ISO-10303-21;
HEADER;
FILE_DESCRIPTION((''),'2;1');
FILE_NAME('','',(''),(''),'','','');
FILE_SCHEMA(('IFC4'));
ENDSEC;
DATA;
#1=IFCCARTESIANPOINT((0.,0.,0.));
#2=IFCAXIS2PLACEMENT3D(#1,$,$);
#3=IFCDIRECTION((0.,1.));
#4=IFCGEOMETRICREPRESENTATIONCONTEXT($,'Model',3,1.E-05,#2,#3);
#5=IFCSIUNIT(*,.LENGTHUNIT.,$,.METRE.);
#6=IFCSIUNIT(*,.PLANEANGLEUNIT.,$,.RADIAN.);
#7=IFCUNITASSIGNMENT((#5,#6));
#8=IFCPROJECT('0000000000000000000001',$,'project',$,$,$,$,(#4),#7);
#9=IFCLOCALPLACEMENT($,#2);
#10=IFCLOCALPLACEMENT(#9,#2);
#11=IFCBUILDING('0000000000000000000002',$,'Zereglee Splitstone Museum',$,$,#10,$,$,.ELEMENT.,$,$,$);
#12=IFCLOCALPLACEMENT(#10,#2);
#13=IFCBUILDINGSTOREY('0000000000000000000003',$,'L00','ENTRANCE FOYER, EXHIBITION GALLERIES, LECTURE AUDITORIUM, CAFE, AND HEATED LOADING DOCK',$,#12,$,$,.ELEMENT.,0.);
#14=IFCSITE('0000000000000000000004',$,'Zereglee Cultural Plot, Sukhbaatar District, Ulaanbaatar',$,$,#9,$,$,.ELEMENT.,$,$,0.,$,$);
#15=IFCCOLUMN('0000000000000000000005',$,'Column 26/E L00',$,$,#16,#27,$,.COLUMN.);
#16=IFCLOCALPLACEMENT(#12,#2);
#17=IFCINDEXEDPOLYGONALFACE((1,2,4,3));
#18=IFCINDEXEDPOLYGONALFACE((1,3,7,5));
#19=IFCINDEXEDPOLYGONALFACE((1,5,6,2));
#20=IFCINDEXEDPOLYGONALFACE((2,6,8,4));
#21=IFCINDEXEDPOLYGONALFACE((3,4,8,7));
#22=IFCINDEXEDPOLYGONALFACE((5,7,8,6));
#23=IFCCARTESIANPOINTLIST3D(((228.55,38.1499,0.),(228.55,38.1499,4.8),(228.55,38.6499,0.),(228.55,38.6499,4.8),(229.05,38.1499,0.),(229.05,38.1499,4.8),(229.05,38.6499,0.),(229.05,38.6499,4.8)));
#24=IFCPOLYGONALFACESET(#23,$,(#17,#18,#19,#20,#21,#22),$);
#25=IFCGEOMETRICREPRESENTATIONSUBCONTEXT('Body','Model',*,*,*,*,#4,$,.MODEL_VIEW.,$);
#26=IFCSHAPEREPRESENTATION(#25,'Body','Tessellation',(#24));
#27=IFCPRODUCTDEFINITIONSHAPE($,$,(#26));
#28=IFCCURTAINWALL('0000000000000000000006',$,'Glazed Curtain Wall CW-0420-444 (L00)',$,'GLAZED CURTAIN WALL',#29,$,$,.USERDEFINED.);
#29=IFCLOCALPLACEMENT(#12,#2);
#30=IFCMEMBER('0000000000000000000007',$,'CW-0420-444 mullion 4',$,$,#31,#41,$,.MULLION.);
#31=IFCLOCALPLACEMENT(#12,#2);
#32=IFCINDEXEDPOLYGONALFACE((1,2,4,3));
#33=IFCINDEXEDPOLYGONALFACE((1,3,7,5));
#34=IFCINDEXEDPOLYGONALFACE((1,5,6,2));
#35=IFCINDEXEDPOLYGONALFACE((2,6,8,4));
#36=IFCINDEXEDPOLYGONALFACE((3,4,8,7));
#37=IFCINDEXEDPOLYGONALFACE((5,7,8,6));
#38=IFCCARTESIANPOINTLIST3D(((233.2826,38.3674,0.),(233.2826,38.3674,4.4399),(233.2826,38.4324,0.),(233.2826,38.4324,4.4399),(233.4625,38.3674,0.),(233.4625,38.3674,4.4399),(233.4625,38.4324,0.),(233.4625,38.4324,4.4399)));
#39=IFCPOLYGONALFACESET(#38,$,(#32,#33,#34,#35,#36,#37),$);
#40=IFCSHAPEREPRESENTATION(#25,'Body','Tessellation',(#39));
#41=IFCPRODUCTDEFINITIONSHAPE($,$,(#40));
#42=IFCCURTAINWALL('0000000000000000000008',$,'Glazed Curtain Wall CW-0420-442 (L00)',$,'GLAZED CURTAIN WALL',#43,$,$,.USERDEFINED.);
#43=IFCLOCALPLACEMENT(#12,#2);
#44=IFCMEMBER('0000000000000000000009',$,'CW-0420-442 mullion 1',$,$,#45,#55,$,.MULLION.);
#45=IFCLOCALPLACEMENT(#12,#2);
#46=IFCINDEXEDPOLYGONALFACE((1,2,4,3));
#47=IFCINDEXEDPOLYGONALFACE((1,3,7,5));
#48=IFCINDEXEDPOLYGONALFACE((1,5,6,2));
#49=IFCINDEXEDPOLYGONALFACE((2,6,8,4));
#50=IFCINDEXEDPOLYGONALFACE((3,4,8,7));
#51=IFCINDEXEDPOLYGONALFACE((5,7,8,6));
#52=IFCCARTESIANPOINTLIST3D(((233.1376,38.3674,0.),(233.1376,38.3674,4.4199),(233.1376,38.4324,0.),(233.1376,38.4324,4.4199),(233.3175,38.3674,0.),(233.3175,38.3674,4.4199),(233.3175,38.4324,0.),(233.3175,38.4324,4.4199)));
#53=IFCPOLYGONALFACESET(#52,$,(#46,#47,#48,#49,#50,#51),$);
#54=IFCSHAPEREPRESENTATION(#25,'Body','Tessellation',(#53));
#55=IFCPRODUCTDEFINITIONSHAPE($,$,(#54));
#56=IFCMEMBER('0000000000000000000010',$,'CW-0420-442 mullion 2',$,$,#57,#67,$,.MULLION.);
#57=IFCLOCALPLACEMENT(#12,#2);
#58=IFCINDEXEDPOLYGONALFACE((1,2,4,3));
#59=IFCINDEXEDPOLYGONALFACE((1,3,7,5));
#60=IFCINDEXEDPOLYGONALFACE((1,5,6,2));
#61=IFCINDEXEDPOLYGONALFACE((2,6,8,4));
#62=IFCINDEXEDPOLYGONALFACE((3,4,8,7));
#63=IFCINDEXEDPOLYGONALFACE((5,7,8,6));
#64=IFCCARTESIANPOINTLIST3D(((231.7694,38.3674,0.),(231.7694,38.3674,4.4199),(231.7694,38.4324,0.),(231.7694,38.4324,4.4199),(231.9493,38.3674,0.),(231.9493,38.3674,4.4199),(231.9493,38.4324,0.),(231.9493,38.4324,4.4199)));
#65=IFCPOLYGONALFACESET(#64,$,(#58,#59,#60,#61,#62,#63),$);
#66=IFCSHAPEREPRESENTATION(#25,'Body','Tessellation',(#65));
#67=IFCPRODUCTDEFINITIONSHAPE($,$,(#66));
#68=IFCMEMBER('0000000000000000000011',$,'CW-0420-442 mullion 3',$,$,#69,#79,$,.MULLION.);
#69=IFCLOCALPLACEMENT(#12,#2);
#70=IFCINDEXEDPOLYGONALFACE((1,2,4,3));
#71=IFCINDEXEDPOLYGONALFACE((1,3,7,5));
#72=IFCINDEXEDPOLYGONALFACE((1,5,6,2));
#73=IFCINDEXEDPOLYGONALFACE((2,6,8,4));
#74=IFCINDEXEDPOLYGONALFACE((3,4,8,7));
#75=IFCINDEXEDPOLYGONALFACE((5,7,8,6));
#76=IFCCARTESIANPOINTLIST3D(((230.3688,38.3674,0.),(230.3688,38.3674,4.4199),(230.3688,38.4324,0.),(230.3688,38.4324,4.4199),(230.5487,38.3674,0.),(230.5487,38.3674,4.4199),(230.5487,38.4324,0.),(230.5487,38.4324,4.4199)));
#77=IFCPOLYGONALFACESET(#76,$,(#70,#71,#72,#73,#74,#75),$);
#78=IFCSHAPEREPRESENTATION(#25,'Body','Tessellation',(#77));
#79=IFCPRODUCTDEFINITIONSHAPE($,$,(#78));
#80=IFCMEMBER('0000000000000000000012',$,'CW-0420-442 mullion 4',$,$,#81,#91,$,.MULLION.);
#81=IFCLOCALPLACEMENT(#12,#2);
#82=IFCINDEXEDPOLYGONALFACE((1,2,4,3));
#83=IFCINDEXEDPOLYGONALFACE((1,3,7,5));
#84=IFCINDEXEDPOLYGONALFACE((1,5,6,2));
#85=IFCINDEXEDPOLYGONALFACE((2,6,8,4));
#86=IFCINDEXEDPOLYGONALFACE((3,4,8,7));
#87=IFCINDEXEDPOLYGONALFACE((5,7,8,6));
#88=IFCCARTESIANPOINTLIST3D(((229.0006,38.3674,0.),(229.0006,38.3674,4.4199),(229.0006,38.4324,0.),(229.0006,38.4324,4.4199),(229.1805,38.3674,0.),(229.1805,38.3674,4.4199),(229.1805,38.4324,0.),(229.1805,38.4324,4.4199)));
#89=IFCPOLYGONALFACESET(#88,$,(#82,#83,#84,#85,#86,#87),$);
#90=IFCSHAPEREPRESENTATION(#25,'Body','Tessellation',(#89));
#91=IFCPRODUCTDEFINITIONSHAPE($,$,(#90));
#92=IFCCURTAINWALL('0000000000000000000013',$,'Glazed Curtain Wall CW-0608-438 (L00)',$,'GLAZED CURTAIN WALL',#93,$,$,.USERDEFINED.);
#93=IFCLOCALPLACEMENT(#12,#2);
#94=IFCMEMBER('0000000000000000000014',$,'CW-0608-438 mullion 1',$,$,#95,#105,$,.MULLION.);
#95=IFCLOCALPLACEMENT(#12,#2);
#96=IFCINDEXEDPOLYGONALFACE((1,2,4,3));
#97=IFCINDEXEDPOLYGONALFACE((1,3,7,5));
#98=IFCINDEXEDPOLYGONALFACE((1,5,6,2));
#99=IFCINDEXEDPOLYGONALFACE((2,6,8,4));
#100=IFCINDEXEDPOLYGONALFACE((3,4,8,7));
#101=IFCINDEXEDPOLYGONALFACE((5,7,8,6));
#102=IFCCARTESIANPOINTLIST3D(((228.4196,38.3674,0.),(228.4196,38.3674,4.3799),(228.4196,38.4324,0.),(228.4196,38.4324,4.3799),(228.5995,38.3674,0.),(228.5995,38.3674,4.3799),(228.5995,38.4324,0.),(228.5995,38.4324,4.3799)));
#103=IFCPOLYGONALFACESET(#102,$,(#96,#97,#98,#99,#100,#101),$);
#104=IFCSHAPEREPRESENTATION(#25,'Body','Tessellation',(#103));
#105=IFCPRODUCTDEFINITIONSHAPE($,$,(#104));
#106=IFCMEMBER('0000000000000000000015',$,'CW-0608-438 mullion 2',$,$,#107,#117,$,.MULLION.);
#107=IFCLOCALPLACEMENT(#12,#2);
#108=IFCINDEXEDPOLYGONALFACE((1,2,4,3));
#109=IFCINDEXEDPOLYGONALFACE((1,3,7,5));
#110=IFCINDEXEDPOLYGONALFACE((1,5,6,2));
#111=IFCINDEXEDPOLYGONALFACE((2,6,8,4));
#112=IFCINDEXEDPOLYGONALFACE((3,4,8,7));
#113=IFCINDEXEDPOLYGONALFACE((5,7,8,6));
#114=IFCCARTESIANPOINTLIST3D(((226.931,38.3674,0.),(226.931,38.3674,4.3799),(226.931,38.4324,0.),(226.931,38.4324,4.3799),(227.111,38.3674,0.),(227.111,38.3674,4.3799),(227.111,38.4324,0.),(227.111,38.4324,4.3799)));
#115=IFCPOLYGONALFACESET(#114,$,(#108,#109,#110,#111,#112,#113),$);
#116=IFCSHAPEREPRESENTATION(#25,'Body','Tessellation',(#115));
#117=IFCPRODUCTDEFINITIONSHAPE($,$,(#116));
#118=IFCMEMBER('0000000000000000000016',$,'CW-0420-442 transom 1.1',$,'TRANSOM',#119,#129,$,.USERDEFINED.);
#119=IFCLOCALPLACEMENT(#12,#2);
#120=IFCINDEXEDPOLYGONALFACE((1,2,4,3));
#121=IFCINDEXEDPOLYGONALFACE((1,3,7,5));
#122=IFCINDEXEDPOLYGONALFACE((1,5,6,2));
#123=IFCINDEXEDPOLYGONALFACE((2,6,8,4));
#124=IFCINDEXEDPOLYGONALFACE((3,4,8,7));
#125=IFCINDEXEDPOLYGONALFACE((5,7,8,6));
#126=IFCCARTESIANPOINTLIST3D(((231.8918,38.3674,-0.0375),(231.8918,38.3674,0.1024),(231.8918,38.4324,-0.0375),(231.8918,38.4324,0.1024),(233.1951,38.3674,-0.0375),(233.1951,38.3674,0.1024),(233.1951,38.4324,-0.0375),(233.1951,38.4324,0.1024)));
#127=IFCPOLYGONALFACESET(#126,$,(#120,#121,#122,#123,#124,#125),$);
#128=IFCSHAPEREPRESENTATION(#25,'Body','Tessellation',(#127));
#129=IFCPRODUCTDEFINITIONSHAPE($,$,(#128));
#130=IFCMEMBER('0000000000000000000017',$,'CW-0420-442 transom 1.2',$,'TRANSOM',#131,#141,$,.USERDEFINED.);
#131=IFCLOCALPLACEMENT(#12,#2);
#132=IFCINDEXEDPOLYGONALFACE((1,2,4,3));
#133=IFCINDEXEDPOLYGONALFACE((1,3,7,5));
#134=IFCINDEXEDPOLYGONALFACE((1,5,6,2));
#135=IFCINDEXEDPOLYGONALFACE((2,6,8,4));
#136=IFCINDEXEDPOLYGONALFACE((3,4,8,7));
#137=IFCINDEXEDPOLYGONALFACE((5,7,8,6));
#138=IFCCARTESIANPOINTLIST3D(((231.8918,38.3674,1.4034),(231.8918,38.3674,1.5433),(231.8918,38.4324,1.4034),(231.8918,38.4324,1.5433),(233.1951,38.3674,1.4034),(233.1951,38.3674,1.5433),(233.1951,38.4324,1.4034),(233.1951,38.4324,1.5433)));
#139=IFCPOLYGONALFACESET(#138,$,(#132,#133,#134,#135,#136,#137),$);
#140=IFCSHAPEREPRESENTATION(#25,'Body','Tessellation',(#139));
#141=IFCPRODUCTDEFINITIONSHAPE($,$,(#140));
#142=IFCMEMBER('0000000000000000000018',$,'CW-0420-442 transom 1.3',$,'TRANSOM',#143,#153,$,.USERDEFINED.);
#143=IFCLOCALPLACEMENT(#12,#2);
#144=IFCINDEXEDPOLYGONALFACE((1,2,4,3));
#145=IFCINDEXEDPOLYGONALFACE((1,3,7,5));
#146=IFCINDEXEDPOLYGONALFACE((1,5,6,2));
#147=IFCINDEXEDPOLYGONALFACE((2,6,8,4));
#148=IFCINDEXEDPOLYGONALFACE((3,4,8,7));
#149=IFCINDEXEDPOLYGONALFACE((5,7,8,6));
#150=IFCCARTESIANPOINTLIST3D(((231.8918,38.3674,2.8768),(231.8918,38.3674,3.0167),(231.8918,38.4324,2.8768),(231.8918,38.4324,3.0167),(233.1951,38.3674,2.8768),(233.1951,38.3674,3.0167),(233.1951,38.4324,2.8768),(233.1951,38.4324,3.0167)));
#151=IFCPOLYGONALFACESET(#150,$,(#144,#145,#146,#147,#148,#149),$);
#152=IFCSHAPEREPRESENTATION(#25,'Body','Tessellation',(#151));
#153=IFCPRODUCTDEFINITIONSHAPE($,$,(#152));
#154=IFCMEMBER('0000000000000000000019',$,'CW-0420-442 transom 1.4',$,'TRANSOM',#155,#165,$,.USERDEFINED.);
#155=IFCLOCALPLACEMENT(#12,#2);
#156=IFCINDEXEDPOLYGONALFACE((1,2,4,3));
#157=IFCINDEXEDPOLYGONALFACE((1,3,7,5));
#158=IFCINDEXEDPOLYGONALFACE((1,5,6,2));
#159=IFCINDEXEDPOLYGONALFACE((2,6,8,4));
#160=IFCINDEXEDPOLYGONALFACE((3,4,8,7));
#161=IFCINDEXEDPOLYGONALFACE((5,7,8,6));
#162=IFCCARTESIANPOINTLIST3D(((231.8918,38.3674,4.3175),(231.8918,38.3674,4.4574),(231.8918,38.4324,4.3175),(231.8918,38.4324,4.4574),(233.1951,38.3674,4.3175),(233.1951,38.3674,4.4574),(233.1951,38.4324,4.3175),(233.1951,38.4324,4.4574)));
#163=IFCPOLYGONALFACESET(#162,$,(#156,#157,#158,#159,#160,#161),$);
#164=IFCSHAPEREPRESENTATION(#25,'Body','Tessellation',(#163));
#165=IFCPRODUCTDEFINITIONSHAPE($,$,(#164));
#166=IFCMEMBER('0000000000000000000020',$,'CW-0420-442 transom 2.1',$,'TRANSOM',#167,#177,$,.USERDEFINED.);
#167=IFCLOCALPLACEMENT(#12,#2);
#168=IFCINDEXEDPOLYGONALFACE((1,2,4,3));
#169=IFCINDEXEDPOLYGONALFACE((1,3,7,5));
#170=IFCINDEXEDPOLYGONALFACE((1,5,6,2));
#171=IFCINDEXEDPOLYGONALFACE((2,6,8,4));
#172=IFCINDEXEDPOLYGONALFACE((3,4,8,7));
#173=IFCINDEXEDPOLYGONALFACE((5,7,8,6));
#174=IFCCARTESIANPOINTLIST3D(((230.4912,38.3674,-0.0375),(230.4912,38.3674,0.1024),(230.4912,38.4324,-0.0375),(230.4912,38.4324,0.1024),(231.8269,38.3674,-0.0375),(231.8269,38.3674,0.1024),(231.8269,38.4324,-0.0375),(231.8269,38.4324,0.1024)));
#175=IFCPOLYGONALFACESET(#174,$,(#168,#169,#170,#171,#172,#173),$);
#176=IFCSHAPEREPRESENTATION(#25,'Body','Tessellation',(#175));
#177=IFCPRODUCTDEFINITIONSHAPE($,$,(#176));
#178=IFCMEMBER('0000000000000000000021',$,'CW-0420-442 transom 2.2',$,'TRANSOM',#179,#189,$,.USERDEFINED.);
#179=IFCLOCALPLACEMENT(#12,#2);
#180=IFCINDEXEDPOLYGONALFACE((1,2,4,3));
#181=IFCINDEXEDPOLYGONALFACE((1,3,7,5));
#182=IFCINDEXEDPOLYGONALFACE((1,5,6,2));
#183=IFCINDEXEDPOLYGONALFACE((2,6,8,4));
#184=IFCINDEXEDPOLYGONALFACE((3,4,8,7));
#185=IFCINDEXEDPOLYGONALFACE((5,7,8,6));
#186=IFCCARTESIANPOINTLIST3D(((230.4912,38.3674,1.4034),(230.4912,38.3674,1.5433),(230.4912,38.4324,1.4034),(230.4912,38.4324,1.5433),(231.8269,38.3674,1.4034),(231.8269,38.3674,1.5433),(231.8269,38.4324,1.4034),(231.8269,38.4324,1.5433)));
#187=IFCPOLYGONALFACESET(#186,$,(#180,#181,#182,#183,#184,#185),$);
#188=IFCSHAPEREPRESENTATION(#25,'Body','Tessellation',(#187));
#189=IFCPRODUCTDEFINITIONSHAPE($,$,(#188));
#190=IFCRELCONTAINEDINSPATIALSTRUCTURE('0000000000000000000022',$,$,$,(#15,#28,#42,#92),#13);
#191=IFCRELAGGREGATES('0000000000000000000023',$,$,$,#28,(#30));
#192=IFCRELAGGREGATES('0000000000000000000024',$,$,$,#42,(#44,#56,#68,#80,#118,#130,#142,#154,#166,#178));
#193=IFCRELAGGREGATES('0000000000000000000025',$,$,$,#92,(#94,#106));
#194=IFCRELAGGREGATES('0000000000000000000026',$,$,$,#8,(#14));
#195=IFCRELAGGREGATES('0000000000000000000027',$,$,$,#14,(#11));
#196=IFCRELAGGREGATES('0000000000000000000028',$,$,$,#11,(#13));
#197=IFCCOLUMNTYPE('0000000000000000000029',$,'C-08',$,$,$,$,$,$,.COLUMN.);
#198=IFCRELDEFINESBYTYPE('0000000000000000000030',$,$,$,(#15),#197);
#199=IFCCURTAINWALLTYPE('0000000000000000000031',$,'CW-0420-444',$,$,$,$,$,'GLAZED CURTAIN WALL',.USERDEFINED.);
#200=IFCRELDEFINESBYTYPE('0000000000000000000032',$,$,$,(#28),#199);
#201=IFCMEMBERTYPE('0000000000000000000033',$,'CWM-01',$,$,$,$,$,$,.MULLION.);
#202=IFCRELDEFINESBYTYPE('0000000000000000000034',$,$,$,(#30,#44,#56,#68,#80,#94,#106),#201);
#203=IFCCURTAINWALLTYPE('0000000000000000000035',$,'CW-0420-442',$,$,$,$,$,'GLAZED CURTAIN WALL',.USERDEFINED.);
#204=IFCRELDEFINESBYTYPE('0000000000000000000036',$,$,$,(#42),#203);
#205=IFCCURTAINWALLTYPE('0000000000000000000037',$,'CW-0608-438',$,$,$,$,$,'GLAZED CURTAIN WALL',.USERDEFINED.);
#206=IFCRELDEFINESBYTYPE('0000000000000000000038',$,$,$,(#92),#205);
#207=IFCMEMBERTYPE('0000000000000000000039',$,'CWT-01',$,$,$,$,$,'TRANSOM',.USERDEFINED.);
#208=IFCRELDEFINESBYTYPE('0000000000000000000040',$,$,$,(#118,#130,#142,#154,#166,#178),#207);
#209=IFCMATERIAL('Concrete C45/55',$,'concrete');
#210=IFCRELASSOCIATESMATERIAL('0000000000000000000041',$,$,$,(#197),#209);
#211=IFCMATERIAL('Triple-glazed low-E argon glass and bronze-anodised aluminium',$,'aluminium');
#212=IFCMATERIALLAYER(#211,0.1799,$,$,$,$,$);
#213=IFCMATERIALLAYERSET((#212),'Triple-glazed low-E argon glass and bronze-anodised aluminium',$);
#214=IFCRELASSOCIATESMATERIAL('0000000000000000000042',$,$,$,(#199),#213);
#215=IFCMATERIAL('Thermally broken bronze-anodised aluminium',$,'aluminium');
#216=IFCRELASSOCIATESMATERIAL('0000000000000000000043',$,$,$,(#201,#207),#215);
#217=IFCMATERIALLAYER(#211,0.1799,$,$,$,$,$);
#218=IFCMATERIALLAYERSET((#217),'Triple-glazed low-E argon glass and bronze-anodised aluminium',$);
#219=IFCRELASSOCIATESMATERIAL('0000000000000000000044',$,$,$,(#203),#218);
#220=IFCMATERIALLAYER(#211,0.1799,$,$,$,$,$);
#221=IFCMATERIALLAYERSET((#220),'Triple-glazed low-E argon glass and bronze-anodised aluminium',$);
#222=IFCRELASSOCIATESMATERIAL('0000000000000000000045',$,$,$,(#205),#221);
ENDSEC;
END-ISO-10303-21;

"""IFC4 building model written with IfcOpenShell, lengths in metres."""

from ifc_helpers import new_model, si_unit, direction, frame, origin, origin_2d, place, context, subcontext, project, spatial, rectangle, extrude, material, layer, layer_set, material_profile, profile_set, type_object, element, aggregate, save


model = new_model("IFC4")

# Units and contexts
model_context = context("Model", 3, precision=1e-05, world=origin(), true_north=direction((0.0, 1.0)))
body_context = subcontext(model_context, "Body", "Model", "MODEL_VIEW")
ifc_project = project(units=[si_unit("LENGTHUNIT", "METRE"), si_unit("PLANEANGLEUNIT", "RADIAN")], contexts=[model_context])

# Site, building, storey
site_placement = place(None, origin())
site = spatial("IfcSite", under=ifc_project, at=site_placement, Name="Zereglee Cultural Plot, Sukhbaatar District, Ulaanbaatar", CompositionType="ELEMENT", RefElevation=0.0)
building_placement = place(site_placement, origin())
building = spatial("IfcBuilding", under=site, at=building_placement, Name="Zereglee Splitstone Museum", CompositionType="ELEMENT")
storey_placement = place(building_placement, origin())
storey = spatial("IfcBuildingStorey", under=building, at=storey_placement, Name="L00", Description="ENTRANCE FOYER, EXHIBITION GALLERIES, LECTURE AUDITORIUM, CAFE, AND HEATED LOADING DOCK", CompositionType="ELEMENT", Elevation=0.0)

# Column
ifc_material_1 = material(Name="Concrete C45/55", Category="concrete")
ifc_material_profile_1 = material_profile(ifc_material_1, rectangle(XDim=0.5, YDim=0.5, at=origin_2d()), Name="RC 500x500")
ifc_profile_set_1 = profile_set([ifc_material_profile_1], Name="Concrete C45/55")
column_type = type_object("IfcColumnType", Name="C-08", PredefinedType="COLUMN", material=ifc_profile_set_1)
column_placement = place(storey_placement, frame((228.8, 38.3999, 0.0), z_axis=(0.0, 0.0, 1.0), x_axis=(1.0, 0.0, 0.0)))
element("IfcColumn", 1, at=column_placement, inside=storey, type_object=column_type, Name="Column 26/E L00", PredefinedType="COLUMN", context=body_context, shape_type="SweptSolid", body=[
    extrude(rectangle(XDim=0.5, YDim=0.5, at=origin_2d()), origin(), (0.0, 0.0, 1.0), 4.8),
])

# Curtain wall, member
ifc_material_2 = material(Name="Triple-glazed low-E argon glass and bronze-anodised aluminium", Category="aluminium")
ifc_layer_1 = layer(ifc_material_2, 0.1799)
ifc_layer_set_1 = layer_set([ifc_layer_1], Name="Triple-glazed low-E argon glass and bronze-anodised aluminium")
curtain_wall_type_1 = type_object("IfcCurtainWallType", Name="CW-0420-444", ElementType="GLAZED CURTAIN WALL", PredefinedType="USERDEFINED", material=ifc_layer_set_1)
curtain_wall_1_placement = place(storey_placement, origin())
curtain_wall_1 = element("IfcCurtainWall", 2, at=curtain_wall_1_placement, inside=storey, type_object=curtain_wall_type_1, Name="Glazed Curtain Wall CW-0420-444 (L00)", ObjectType="GLAZED CURTAIN WALL", PredefinedType="USERDEFINED")
ifc_material_3 = material(Name="Thermally broken bronze-anodised aluminium", Category="aluminium")
ifc_material_profile_2 = material_profile(ifc_material_3, rectangle(XDim=0.0649, YDim=0.1799, at=origin_2d()), Name="CW MULL 65x180")
ifc_profile_set_2 = profile_set([ifc_material_profile_2], Name="Thermally broken bronze-anodised aluminium")
member_type_1 = type_object("IfcMemberType", Name="CWM-01", PredefinedType="MULLION", material=ifc_profile_set_2)
member_1_placement = place(storey_placement, frame((233.3726, 38.3999, 0.0), z_axis=(0.0, 0.0, 1.0), x_axis=(0.0, -1.0, 0.0)))
member_1 = element("IfcMember", 3, at=member_1_placement, type_object=member_type_1, Name="CW-0420-444 mullion 4", PredefinedType="MULLION", context=body_context, shape_type="SweptSolid", body=[
    extrude(rectangle(XDim=0.0649, YDim=0.1799, at=origin_2d()), origin(), (0.0, 0.0, 1.0), 4.4399),
])

# Curtain walls, members
ifc_layer_2 = layer(ifc_material_2, 0.1799)
ifc_layer_set_2 = layer_set([ifc_layer_2], Name="Triple-glazed low-E argon glass and bronze-anodised aluminium")
curtain_wall_type_2 = type_object("IfcCurtainWallType", Name="CW-0420-442", ElementType="GLAZED CURTAIN WALL", PredefinedType="USERDEFINED", material=ifc_layer_set_2)
curtain_wall_2_placement = place(storey_placement, origin())
curtain_wall_2 = element("IfcCurtainWall", 4, at=curtain_wall_2_placement, inside=storey, type_object=curtain_wall_type_2, Name="Glazed Curtain Wall CW-0420-442 (L00)", ObjectType="GLAZED CURTAIN WALL", PredefinedType="USERDEFINED")
member_2_placement = place(storey_placement, frame((233.2275, 38.3999, 0.0), z_axis=(0.0, 0.0, 1.0), x_axis=(0.0, -1.0, 0.0)))
member_2 = element("IfcMember", 5, at=member_2_placement, type_object=member_type_1, Name="CW-0420-442 mullion 1", PredefinedType="MULLION", context=body_context, shape_type="SweptSolid", body=[
    extrude(rectangle(XDim=0.0649, YDim=0.1799, at=origin_2d()), origin(), (0.0, 0.0, 1.0), 4.4199),
])
member_3_placement = place(storey_placement, frame((231.8594, 38.3999, 0.0), z_axis=(0.0, 0.0, 1.0), x_axis=(0.0, -1.0, 0.0)))
member_3 = element("IfcMember", 6, at=member_3_placement, type_object=member_type_1, Name="CW-0420-442 mullion 2", PredefinedType="MULLION", context=body_context, shape_type="SweptSolid", body=[
    extrude(rectangle(XDim=0.0649, YDim=0.1799, at=origin_2d()), origin(), (0.0, 0.0, 1.0), 4.4199),
])
member_4_placement = place(storey_placement, frame((230.4587, 38.3999, 0.0), z_axis=(0.0, 0.0, 1.0), x_axis=(0.0, -1.0, 0.0)))
member_4 = element("IfcMember", 7, at=member_4_placement, type_object=member_type_1, Name="CW-0420-442 mullion 3", PredefinedType="MULLION", context=body_context, shape_type="SweptSolid", body=[
    extrude(rectangle(XDim=0.0649, YDim=0.1799, at=origin_2d()), origin(), (0.0, 0.0, 1.0), 4.4199),
])
member_5_placement = place(storey_placement, frame((229.0906, 38.3999, 0.0), z_axis=(0.0, 0.0, 1.0), x_axis=(0.0, -1.0, 0.0)))
member_5 = element("IfcMember", 8, at=member_5_placement, type_object=member_type_1, Name="CW-0420-442 mullion 4", PredefinedType="MULLION", context=body_context, shape_type="SweptSolid", body=[
    extrude(rectangle(XDim=0.0649, YDim=0.1799, at=origin_2d()), origin(), (0.0, 0.0, 1.0), 4.4199),
])
ifc_layer_3 = layer(ifc_material_2, 0.1799)
ifc_layer_set_3 = layer_set([ifc_layer_3], Name="Triple-glazed low-E argon glass and bronze-anodised aluminium")
curtain_wall_type_3 = type_object("IfcCurtainWallType", Name="CW-0608-438", ElementType="GLAZED CURTAIN WALL", PredefinedType="USERDEFINED", material=ifc_layer_set_3)
curtain_wall_3_placement = place(storey_placement, origin())
curtain_wall_3 = element("IfcCurtainWall", 9, at=curtain_wall_3_placement, inside=storey, type_object=curtain_wall_type_3, Name="Glazed Curtain Wall CW-0608-438 (L00)", ObjectType="GLAZED CURTAIN WALL", PredefinedType="USERDEFINED")
member_6_placement = place(storey_placement, frame((228.5095, 38.3999, 0.0), z_axis=(0.0, 0.0, 1.0), x_axis=(0.0, -1.0, 0.0)))
member_6 = element("IfcMember", 10, at=member_6_placement, type_object=member_type_1, Name="CW-0608-438 mullion 1", PredefinedType="MULLION", context=body_context, shape_type="SweptSolid", body=[
    extrude(rectangle(XDim=0.0649, YDim=0.1799, at=origin_2d()), origin(), (0.0, 0.0, 1.0), 4.3799),
])
member_7_placement = place(storey_placement, frame((227.021, 38.3999, 0.0), z_axis=(0.0, 0.0, 1.0), x_axis=(0.0, -1.0, 0.0)))
member_7 = element("IfcMember", 11, at=member_7_placement, type_object=member_type_1, Name="CW-0608-438 mullion 2", PredefinedType="MULLION", context=body_context, shape_type="SweptSolid", body=[
    extrude(rectangle(XDim=0.0649, YDim=0.1799, at=origin_2d()), origin(), (0.0, 0.0, 1.0), 4.3799),
])

# Members
ifc_material_profile_3 = material_profile(ifc_material_3, rectangle(XDim=0.0649, YDim=0.1399, at=origin_2d()), Name="CW TRAN 65x140")
ifc_profile_set_3 = profile_set([ifc_material_profile_3], Name="Thermally broken bronze-anodised aluminium")
member_type_2 = type_object("IfcMemberType", Name="CWT-01", ElementType="TRANSOM", PredefinedType="USERDEFINED", material=ifc_profile_set_3)
member_8_placement = place(storey_placement, frame((233.1951, 38.3999, 0.0325), z_axis=(-1.0, 0.0, 0.0), x_axis=(0.0, -1.0, 0.0)))
member_8 = element("IfcMember", 12, at=member_8_placement, type_object=member_type_2, Name="CW-0420-442 transom 1.1", ObjectType="TRANSOM", PredefinedType="USERDEFINED", context=body_context, shape_type="SweptSolid", body=[
    extrude(rectangle(XDim=0.0649, YDim=0.1399, at=origin_2d()), origin(), (0.0, 0.0, 1.0), 1.3032),
])
member_9_placement = place(storey_placement, frame((233.1951, 38.3999, 1.4734), z_axis=(-1.0, 0.0, 0.0), x_axis=(0.0, -1.0, 0.0)))
member_9 = element("IfcMember", 13, at=member_9_placement, type_object=member_type_2, Name="CW-0420-442 transom 1.2", ObjectType="TRANSOM", PredefinedType="USERDEFINED", context=body_context, shape_type="SweptSolid", body=[
    extrude(rectangle(XDim=0.0649, YDim=0.1399, at=origin_2d()), origin(), (0.0, 0.0, 1.0), 1.3032),
])
member_10_placement = place(storey_placement, frame((233.1951, 38.3999, 2.9468), z_axis=(-1.0, 0.0, 0.0), x_axis=(0.0, -1.0, 0.0)))
member_10 = element("IfcMember", 14, at=member_10_placement, type_object=member_type_2, Name="CW-0420-442 transom 1.3", ObjectType="TRANSOM", PredefinedType="USERDEFINED", context=body_context, shape_type="SweptSolid", body=[
    extrude(rectangle(XDim=0.0649, YDim=0.1399, at=origin_2d()), origin(), (0.0, 0.0, 1.0), 1.3032),
])
member_11_placement = place(storey_placement, frame((233.1951, 38.3999, 4.3875), z_axis=(-1.0, 0.0, 0.0), x_axis=(0.0, -1.0, 0.0)))
member_11 = element("IfcMember", 15, at=member_11_placement, type_object=member_type_2, Name="CW-0420-442 transom 1.4", ObjectType="TRANSOM", PredefinedType="USERDEFINED", context=body_context, shape_type="SweptSolid", body=[
    extrude(rectangle(XDim=0.0649, YDim=0.1399, at=origin_2d()), origin(), (0.0, 0.0, 1.0), 1.3032),
])
member_12_placement = place(storey_placement, frame((231.8269, 38.3999, 0.0325), z_axis=(-1.0, 0.0, 0.0), x_axis=(0.0, -1.0, 0.0)))
member_12 = element("IfcMember", 16, at=member_12_placement, type_object=member_type_2, Name="CW-0420-442 transom 2.1", ObjectType="TRANSOM", PredefinedType="USERDEFINED", context=body_context, shape_type="SweptSolid", body=[
    extrude(rectangle(XDim=0.0649, YDim=0.1399, at=origin_2d()), origin(), (0.0, 0.0, 1.0), 1.3357),
])
member_13_placement = place(storey_placement, frame((231.8269, 38.3999, 1.4734), z_axis=(-1.0, 0.0, 0.0), x_axis=(0.0, -1.0, 0.0)))
member_13 = element("IfcMember", 17, at=member_13_placement, type_object=member_type_2, Name="CW-0420-442 transom 2.2", ObjectType="TRANSOM", PredefinedType="USERDEFINED", context=body_context, shape_type="SweptSolid", body=[
    extrude(rectangle(XDim=0.0649, YDim=0.1399, at=origin_2d()), origin(), (0.0, 0.0, 1.0), 1.3357),
])

aggregate(curtain_wall_1, [member_1])
aggregate(curtain_wall_2, [member_2, member_3, member_4, member_5, member_8, member_9, member_10, member_11, member_12, member_13])
aggregate(curtain_wall_3, [member_6, member_7])

save(model, "model.ifc")
